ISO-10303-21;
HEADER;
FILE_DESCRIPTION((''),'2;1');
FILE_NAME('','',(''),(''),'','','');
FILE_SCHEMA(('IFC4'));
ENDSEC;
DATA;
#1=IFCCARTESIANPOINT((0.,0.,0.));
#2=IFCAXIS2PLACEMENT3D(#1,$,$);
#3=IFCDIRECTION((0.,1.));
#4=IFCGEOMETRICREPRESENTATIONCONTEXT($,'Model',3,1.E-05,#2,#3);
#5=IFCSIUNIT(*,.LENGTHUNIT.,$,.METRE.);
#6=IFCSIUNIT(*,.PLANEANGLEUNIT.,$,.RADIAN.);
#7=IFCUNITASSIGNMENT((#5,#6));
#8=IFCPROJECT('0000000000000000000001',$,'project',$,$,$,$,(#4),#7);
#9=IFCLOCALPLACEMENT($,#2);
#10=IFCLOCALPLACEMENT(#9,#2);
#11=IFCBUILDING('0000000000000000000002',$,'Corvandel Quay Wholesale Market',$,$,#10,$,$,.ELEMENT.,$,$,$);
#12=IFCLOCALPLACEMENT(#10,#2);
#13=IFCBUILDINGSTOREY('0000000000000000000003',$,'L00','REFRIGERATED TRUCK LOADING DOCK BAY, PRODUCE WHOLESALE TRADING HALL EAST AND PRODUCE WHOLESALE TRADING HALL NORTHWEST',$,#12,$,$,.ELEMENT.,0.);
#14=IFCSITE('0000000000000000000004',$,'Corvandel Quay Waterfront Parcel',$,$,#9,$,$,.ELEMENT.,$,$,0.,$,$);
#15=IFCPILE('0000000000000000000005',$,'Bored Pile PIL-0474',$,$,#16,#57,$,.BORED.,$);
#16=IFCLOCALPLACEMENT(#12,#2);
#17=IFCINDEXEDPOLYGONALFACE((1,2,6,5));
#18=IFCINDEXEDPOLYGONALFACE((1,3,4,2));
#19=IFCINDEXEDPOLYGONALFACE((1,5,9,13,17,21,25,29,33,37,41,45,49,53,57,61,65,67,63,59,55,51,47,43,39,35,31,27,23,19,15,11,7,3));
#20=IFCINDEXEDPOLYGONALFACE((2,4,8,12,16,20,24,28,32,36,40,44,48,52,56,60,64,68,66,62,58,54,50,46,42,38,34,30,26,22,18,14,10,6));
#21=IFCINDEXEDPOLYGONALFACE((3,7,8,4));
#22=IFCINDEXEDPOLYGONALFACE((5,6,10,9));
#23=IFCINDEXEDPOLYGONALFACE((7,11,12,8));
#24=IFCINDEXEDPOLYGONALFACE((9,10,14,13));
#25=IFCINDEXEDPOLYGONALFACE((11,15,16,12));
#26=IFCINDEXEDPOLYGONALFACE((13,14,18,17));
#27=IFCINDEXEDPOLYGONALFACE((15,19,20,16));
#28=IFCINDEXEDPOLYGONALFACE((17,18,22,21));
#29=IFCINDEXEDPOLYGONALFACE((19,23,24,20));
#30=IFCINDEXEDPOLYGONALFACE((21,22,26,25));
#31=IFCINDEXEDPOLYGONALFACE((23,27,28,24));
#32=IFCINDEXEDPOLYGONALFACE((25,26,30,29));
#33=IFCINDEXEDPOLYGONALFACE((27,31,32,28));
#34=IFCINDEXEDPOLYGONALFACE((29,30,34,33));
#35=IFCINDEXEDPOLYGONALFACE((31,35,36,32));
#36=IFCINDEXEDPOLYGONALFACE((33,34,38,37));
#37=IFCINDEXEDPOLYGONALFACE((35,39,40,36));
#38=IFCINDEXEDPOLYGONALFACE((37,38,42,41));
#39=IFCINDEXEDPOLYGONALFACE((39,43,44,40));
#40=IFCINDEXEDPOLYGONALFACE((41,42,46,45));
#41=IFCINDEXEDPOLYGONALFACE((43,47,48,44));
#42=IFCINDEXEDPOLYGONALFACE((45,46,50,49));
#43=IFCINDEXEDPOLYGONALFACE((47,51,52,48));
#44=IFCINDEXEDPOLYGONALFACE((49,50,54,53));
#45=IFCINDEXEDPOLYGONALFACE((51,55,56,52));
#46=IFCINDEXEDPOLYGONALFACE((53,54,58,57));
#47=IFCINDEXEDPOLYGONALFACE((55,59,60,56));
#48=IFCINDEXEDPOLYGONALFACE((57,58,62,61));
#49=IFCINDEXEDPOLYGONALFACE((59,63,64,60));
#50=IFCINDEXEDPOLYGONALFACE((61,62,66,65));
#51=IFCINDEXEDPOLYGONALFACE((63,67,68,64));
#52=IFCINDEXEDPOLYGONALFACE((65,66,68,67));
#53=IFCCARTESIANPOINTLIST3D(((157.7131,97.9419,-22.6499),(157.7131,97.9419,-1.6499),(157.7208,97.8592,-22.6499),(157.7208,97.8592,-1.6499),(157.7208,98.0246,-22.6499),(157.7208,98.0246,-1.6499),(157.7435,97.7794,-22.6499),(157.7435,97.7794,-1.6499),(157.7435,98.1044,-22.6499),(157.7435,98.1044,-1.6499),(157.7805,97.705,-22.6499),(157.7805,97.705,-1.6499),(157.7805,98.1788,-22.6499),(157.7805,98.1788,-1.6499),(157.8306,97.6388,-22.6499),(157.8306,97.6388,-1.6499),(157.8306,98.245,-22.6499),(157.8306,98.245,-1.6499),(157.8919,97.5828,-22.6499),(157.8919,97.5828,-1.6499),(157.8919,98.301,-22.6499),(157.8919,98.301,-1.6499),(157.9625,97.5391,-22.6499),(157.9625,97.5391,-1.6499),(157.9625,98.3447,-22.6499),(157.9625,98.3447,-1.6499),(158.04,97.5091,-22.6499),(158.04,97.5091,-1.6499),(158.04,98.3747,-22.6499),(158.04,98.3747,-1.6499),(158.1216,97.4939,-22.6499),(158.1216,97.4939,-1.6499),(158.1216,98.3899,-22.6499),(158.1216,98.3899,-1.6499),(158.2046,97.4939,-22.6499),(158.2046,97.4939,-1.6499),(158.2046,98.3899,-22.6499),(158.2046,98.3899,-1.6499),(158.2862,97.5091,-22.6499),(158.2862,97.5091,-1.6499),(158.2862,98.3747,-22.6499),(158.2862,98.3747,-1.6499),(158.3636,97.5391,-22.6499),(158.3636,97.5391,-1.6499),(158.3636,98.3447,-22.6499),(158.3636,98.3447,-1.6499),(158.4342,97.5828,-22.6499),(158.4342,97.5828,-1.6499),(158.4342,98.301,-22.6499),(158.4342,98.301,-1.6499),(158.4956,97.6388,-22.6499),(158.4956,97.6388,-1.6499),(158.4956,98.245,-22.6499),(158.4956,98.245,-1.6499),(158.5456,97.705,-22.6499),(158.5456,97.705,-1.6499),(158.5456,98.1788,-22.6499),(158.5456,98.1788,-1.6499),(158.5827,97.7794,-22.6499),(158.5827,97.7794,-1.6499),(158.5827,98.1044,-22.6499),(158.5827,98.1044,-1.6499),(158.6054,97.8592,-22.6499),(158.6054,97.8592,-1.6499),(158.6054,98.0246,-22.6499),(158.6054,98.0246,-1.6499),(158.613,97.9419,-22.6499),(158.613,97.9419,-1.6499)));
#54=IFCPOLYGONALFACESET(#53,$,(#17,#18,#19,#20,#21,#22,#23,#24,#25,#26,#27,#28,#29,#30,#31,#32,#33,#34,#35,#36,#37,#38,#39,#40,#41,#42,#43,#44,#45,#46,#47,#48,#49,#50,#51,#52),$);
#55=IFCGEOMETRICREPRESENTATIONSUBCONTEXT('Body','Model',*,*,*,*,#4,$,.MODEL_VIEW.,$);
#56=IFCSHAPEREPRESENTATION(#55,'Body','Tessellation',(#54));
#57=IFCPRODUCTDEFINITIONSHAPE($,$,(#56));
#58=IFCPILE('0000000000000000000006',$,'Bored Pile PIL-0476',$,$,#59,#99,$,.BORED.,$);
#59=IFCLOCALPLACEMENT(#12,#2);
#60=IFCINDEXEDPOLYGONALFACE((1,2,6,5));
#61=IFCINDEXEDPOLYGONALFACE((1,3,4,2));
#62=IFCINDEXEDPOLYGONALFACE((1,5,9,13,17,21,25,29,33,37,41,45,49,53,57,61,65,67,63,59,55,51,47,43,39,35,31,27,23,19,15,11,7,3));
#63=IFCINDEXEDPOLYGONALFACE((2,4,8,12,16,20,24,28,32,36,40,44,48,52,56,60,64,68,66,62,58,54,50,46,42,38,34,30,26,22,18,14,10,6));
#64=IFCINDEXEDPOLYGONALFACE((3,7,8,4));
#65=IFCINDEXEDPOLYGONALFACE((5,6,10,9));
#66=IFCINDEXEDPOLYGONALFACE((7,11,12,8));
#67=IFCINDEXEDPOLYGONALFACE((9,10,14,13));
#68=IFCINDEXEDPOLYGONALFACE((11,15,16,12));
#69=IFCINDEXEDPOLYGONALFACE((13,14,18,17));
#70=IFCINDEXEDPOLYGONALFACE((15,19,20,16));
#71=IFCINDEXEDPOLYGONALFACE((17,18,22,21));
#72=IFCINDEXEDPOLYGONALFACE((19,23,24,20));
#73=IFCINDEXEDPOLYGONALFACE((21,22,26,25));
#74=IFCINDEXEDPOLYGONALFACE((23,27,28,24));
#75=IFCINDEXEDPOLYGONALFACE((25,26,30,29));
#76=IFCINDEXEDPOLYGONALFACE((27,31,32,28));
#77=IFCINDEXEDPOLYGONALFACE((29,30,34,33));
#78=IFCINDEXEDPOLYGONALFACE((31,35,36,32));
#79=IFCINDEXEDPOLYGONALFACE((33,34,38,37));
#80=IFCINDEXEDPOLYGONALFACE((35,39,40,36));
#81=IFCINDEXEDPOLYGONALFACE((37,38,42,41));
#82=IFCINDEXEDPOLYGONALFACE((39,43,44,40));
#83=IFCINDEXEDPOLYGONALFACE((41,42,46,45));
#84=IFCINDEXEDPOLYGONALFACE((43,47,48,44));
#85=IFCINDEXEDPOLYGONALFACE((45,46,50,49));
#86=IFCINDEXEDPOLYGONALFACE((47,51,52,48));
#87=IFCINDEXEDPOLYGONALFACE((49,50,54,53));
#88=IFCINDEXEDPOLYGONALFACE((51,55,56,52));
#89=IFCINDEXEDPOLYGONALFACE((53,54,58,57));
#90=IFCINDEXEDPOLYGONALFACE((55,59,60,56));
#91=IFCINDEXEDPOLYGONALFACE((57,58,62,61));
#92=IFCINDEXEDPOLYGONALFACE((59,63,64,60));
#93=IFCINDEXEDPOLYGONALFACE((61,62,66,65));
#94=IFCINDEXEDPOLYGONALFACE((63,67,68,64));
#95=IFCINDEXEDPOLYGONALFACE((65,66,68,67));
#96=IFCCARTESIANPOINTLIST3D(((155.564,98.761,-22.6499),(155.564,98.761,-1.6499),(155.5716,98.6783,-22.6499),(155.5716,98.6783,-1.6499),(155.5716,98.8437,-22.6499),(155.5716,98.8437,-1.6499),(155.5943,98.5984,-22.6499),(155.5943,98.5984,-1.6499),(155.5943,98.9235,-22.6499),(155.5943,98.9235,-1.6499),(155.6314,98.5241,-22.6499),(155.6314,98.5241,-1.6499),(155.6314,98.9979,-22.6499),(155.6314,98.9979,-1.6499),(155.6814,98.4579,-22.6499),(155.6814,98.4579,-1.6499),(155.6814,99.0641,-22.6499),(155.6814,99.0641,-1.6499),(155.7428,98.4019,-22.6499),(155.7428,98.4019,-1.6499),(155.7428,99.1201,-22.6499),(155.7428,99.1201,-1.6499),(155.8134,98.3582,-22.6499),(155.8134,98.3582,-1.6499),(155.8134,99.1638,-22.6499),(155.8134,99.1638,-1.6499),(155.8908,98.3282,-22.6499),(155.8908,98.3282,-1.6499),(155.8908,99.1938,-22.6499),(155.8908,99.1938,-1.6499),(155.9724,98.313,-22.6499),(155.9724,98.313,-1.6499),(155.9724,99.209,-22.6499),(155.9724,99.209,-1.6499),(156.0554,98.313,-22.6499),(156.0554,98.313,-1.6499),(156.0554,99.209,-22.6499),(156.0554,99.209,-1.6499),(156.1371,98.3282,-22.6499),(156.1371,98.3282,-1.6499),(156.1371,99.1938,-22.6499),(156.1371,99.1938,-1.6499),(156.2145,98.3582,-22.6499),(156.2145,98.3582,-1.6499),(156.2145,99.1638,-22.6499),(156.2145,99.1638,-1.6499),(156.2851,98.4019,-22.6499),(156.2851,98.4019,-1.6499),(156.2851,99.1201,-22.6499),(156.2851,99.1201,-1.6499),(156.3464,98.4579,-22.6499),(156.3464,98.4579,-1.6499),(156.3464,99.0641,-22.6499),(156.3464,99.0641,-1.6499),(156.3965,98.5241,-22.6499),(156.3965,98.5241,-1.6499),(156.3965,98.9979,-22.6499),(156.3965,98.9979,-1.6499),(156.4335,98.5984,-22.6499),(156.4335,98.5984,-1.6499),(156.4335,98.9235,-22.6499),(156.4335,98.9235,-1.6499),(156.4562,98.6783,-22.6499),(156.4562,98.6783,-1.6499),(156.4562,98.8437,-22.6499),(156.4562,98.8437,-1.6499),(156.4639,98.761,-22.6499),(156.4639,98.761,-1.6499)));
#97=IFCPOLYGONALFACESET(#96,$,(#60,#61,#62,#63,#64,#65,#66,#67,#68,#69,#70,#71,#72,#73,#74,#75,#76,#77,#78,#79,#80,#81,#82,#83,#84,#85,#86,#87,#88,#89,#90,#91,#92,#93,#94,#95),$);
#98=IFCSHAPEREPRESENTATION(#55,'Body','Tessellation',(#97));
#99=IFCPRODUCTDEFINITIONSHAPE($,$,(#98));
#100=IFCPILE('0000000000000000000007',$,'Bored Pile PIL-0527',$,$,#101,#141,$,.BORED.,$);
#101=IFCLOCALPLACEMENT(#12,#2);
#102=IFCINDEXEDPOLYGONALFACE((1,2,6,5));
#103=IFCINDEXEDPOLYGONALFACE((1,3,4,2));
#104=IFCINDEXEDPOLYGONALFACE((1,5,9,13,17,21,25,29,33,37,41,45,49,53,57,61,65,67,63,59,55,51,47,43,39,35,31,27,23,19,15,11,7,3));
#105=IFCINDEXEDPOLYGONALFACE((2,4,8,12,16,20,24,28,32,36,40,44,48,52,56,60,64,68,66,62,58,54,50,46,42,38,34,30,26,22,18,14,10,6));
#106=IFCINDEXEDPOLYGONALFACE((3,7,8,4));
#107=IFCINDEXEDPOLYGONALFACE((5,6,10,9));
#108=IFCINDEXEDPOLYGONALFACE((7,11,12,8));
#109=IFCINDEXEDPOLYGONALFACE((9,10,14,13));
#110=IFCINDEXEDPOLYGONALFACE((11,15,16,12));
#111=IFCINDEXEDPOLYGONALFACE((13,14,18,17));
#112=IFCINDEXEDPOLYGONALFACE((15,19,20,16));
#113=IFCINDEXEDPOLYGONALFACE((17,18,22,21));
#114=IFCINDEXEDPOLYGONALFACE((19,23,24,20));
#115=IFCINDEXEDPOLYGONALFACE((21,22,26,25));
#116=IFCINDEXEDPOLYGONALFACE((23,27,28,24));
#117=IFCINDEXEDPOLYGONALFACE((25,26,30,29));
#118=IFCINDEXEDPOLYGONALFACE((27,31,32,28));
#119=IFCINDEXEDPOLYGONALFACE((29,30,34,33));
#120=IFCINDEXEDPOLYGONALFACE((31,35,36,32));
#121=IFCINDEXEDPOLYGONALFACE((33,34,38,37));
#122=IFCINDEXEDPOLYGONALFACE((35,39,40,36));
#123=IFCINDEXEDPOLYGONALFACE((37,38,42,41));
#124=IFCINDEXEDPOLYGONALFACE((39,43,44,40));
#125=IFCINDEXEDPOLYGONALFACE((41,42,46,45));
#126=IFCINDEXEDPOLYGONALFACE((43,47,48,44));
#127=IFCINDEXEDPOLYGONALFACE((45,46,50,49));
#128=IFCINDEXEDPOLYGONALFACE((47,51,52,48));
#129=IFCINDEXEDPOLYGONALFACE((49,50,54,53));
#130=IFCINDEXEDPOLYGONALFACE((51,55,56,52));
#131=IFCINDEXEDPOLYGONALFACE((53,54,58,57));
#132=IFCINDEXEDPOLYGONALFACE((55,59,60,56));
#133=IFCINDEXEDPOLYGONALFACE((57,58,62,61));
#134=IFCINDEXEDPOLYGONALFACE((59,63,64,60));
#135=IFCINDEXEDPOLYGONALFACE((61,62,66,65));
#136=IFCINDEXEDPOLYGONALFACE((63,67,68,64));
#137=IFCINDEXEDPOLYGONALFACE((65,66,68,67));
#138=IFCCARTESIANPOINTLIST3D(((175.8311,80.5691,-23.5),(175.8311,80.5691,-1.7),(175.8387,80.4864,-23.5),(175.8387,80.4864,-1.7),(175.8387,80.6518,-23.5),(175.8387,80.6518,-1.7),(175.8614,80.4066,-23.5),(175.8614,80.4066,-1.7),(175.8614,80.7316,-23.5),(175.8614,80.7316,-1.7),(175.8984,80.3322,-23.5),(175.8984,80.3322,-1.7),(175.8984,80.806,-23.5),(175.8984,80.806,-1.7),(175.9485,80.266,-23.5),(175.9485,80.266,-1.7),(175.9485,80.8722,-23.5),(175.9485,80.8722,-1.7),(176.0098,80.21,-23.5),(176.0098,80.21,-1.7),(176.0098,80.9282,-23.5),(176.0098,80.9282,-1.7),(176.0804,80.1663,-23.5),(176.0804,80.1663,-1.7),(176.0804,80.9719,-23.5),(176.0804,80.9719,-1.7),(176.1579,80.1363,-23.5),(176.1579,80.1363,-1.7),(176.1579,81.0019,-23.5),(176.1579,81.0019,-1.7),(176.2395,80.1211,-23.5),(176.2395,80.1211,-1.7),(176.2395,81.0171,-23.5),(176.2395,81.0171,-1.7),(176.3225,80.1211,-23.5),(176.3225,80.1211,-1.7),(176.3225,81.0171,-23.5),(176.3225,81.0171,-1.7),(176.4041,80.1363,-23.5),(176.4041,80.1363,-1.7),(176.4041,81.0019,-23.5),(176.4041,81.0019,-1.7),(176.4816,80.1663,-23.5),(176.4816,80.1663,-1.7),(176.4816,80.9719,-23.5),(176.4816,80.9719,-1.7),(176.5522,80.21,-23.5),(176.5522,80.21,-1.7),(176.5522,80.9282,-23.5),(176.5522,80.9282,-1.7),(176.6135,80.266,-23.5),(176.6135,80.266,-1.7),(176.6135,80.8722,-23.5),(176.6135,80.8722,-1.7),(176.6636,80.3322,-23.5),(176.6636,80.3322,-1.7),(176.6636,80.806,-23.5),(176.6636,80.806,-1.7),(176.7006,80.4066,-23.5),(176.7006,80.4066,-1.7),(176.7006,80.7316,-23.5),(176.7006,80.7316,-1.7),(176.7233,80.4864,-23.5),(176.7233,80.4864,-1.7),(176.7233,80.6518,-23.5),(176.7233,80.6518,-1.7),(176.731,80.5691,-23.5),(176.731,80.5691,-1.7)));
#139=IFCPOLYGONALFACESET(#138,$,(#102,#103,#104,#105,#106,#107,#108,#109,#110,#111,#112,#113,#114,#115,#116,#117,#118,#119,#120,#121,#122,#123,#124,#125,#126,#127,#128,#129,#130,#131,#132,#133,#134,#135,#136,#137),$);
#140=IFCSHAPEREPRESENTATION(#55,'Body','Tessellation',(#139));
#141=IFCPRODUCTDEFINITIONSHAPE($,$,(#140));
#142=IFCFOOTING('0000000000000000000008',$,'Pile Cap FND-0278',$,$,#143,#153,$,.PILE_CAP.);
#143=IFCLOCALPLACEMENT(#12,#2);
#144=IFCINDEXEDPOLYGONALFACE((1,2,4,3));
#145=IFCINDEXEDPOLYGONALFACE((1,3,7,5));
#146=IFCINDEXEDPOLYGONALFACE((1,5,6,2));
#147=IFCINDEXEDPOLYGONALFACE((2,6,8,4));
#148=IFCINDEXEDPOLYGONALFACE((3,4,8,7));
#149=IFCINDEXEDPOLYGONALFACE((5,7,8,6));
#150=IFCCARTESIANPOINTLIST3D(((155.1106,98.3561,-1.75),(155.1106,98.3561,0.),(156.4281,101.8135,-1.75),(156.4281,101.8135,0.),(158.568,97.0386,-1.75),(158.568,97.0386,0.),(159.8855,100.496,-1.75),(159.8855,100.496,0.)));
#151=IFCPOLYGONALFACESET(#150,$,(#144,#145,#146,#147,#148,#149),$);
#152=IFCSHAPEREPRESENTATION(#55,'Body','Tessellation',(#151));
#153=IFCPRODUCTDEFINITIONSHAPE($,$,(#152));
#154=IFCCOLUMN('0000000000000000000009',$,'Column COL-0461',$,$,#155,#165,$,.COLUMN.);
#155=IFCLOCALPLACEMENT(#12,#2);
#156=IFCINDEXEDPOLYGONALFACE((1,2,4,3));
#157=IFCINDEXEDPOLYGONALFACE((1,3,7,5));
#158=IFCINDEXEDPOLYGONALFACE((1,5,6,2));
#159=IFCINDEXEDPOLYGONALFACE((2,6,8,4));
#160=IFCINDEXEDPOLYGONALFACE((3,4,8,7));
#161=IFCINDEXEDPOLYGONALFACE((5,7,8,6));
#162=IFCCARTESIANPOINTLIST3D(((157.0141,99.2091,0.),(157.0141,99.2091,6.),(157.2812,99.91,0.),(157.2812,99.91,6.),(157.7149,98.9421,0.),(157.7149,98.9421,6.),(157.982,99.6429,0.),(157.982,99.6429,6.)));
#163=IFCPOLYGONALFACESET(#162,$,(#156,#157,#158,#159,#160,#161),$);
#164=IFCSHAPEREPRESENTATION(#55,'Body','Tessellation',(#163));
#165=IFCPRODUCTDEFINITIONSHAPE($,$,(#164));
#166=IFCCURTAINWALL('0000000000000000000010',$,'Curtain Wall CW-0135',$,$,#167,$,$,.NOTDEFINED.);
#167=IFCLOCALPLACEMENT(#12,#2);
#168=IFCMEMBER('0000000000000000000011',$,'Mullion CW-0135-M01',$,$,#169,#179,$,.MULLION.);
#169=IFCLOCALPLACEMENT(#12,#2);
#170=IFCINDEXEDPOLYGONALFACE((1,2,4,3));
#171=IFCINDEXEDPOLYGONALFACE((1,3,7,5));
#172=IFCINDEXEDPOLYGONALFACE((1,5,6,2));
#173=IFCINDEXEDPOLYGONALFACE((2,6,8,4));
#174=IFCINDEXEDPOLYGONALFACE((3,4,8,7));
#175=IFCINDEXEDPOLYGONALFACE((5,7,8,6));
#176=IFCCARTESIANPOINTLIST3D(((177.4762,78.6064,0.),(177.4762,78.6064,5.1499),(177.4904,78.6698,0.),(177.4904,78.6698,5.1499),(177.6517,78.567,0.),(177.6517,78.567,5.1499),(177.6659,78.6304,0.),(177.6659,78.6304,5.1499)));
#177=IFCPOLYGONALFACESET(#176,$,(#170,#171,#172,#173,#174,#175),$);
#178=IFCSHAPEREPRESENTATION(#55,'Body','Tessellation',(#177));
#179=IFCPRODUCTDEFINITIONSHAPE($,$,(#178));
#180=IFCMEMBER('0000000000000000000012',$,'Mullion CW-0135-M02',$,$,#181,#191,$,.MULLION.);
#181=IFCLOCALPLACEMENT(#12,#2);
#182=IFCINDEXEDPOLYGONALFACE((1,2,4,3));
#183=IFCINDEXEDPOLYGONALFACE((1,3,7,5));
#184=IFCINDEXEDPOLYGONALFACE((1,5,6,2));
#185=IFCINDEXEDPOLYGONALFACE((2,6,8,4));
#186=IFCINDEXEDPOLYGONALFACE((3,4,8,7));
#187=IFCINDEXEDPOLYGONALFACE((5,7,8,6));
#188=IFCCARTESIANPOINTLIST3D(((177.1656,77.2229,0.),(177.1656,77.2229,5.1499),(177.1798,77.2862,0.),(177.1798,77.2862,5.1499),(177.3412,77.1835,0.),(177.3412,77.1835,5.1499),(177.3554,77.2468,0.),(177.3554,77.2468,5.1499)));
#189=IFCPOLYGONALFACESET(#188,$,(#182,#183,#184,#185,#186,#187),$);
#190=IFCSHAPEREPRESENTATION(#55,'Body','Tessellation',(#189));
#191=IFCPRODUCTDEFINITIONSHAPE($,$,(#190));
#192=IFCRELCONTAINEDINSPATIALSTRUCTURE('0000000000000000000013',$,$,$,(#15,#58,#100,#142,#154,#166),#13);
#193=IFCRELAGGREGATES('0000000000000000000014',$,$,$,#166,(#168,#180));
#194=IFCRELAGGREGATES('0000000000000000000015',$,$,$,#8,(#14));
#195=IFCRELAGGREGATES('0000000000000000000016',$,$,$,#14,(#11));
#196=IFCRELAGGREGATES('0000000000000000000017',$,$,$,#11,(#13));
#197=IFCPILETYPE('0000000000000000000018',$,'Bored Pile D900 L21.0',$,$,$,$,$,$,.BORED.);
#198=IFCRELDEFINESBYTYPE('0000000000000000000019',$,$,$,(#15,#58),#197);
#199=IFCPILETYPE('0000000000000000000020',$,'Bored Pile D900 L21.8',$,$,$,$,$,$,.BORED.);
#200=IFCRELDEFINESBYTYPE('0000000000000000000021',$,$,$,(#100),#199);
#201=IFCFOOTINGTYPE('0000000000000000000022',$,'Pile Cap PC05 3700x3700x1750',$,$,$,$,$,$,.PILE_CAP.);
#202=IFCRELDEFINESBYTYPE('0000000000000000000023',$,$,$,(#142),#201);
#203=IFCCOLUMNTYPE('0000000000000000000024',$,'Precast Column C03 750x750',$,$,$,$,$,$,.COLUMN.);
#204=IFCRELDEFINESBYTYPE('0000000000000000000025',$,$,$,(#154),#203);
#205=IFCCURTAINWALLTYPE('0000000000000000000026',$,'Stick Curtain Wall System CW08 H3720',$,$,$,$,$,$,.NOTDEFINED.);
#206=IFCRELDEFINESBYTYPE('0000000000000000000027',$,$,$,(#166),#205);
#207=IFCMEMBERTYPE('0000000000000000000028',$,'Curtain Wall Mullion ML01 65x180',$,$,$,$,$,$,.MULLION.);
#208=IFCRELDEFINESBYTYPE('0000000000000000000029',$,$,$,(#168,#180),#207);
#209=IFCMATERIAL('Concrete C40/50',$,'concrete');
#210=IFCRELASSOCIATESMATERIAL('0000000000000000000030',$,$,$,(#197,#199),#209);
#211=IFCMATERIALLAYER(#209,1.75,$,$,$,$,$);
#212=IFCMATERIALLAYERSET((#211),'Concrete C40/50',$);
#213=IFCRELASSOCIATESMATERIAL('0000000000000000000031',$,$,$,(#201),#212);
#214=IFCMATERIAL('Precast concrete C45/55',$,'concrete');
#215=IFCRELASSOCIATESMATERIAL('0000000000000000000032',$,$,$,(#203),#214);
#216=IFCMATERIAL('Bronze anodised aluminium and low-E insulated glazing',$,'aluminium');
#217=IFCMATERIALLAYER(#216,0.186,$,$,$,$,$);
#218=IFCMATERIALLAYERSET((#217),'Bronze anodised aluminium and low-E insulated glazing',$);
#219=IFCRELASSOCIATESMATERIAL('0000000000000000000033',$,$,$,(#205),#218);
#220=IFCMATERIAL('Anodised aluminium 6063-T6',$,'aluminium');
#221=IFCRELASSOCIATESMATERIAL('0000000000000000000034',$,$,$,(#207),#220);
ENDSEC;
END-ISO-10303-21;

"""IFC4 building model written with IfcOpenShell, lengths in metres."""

from ifc_helpers import new_model, si_unit, direction, frame, origin, origin_2d, place, context, subcontext, project, spatial, rectangle, circle, extrude, material, layer, layer_set, material_profile, profile_set, type_object, element, aggregate, save


model = new_model("IFC4")

# Units and contexts
model_context = context("Model", 3, precision=1e-05, world=origin(), true_north=direction((0.0, 1.0)))
body_context = subcontext(model_context, "Body", "Model", "MODEL_VIEW")
ifc_project = project(units=[si_unit("LENGTHUNIT", "METRE"), si_unit("PLANEANGLEUNIT", "RADIAN")], contexts=[model_context])

# Site, building, storey
site_placement = place(None, origin())
site = spatial("IfcSite", under=ifc_project, at=site_placement, Name="Corvandel Quay Waterfront Parcel", CompositionType="ELEMENT", RefElevation=0.0)
building_placement = place(site_placement, origin())
building = spatial("IfcBuilding", under=site, at=building_placement, Name="Corvandel Quay Wholesale Market", CompositionType="ELEMENT")
storey_placement = place(building_placement, origin())
storey = spatial("IfcBuildingStorey", under=building, at=storey_placement, Name="L00", Description="REFRIGERATED TRUCK LOADING DOCK BAY, PRODUCE WHOLESALE TRADING HALL EAST AND PRODUCE WHOLESALE TRADING HALL NORTHWEST", CompositionType="ELEMENT", Elevation=0.0)

# Piles
ifc_material_1 = material(Name="Concrete C40/50", Category="concrete")
ifc_material_profile_1 = material_profile(ifc_material_1, circle(Radius=0.45, at=origin_2d()), Name="RC-PILE-D900")
ifc_profile_set_1 = profile_set([ifc_material_profile_1], Name="Concrete C40/50")
pile_type_1 = type_object("IfcPileType", Name="Bored Pile D900 L21.0", PredefinedType="BORED", material=ifc_profile_set_1)
for number, where, z_axis, x_axis, name in (
    (1, (158.1631, 97.9419, -1.6499), (0.0, 0.0, -1.0), (1.0, 0.0, 0.0), "Bored Pile PIL-0474"),
    (2, (156.0139, 98.761, -1.6499), (0.0, 0.0, -1.0), (1.0, 0.0, 0.0), "Bored Pile PIL-0476"),
):
    element("IfcPile", number, at=place(storey_placement, frame(where, z_axis=z_axis, x_axis=x_axis)), inside=storey, type_object=pile_type_1, Name=name, PredefinedType="BORED", context=body_context, shape_type="SweptSolid", body=[
        extrude(circle(Radius=0.45, at=origin_2d()), origin(), (0.0, 0.0, 1.0), 21.0),
    ])
ifc_material_profile_2 = material_profile(ifc_material_1, circle(Radius=0.45, at=origin_2d()), Name="RC-PILE-D900")
ifc_profile_set_2 = profile_set([ifc_material_profile_2], Name="Concrete C40/50")
pile_type_2 = type_object("IfcPileType", Name="Bored Pile D900 L21.8", PredefinedType="BORED", material=ifc_profile_set_2)
pile_placement = place(storey_placement, frame((176.281, 80.5691, -1.7), z_axis=(0.0, 0.0, -1.0), x_axis=(1.0, 0.0, 0.0)))
element("IfcPile", 3, at=pile_placement, inside=storey, type_object=pile_type_2, Name="Bored Pile PIL-0527", PredefinedType="BORED", context=body_context, shape_type="SweptSolid", body=[
    extrude(circle(Radius=0.45, at=origin_2d()), origin(), (0.0, 0.0, 1.0), 21.8),
])

# Footing
ifc_layer_1 = layer(ifc_material_1, 1.75)
ifc_layer_set_1 = layer_set([ifc_layer_1], Name="Concrete C40/50")
footing_type = type_object("IfcFootingType", Name="Pile Cap PC05 3700x3700x1750", PredefinedType="PILE_CAP", material=ifc_layer_set_1)
footing_placement = place(storey_placement, frame((157.498, 99.426, -1.75), z_axis=(0.0, 0.0, 1.0), x_axis=(0.356086, 0.934453, 0.0)))
element("IfcFooting", 4, at=footing_placement, inside=storey, type_object=footing_type, Name="Pile Cap FND-0278", PredefinedType="PILE_CAP", context=body_context, shape_type="SweptSolid", body=[
    extrude(rectangle(XDim=3.7, YDim=3.7, at=origin_2d()), origin(), (0.0, 0.0, 1.0), 1.75),
])

# Column
ifc_material_2 = material(Name="Precast concrete C45/55", Category="concrete")
ifc_material_profile_3 = material_profile(ifc_material_2, rectangle(XDim=0.75, YDim=0.75, at=origin_2d()), Name="PC-COL-750x750")
ifc_profile_set_3 = profile_set([ifc_material_profile_3], Name="Precast concrete C45/55")
column_type = type_object("IfcColumnType", Name="Precast Column C03 750x750", PredefinedType="COLUMN", material=ifc_profile_set_3)
column_placement = place(storey_placement, frame((157.498, 99.426, 0.0), z_axis=(0.0, 0.0, 1.0), x_axis=(0.356086, 0.934453, 0.0)))
element("IfcColumn", 5, at=column_placement, inside=storey, type_object=column_type, Name="Column COL-0461", PredefinedType="COLUMN", context=body_context, shape_type="SweptSolid", body=[
    extrude(rectangle(XDim=0.75, YDim=0.75, at=origin_2d()), origin(), (0.0, 0.0, 1.0), 6.0),
])

# Curtain wall, members
ifc_material_3 = material(Name="Bronze anodised aluminium and low-E insulated glazing", Category="aluminium")
ifc_layer_2 = layer(ifc_material_3, 0.186)
ifc_layer_set_2 = layer_set([ifc_layer_2], Name="Bronze anodised aluminium and low-E insulated glazing")
curtain_wall_type = type_object("IfcCurtainWallType", Name="Stick Curtain Wall System CW08 H3720", PredefinedType="NOTDEFINED", material=ifc_layer_set_2)
curtain_wall_placement = place(storey_placement, origin())
curtain_wall = element("IfcCurtainWall", 6, at=curtain_wall_placement, inside=storey, type_object=curtain_wall_type, Name="Curtain Wall CW-0135", PredefinedType="NOTDEFINED")
ifc_material_4 = material(Name="Anodised aluminium 6063-T6", Category="aluminium")
ifc_material_profile_4 = material_profile(ifc_material_4, rectangle(XDim=0.0649, YDim=0.1799, at=origin_2d()), Name="ALU-MUL-65x180")
ifc_profile_set_4 = profile_set([ifc_material_profile_4], Name="Anodised aluminium 6063-T6")
member_type_1 = type_object("IfcMemberType", Name="Curtain Wall Mullion ML01 65x180", PredefinedType="MULLION", material=ifc_profile_set_4)
member_1_placement = place(storey_placement, frame((177.571, 78.6184, 0.0), z_axis=(0.0, 0.0, 1.0), x_axis=(0.218995, 0.975726, 0.0)))
member_1 = element("IfcMember", 7, at=member_1_placement, type_object=member_type_1, Name="Mullion CW-0135-M01", PredefinedType="MULLION", context=body_context, shape_type="SweptSolid", body=[
    extrude(rectangle(XDim=0.0649, YDim=0.1799, at=origin_2d()), origin(), (0.0, 0.0, 1.0), 5.1499),
])
member_2_placement = place(storey_placement, frame((177.2605, 77.2349, 0.0), z_axis=(0.0, 0.0, 1.0), x_axis=(0.218995, 0.975726, 0.0)))
member_2 = element("IfcMember", 8, at=member_2_placement, type_object=member_type_1, Name="Mullion CW-0135-M02", PredefinedType="MULLION", context=body_context, shape_type="SweptSolid", body=[
    extrude(rectangle(XDim=0.0649, YDim=0.1799, at=origin_2d()), origin(), (0.0, 0.0, 1.0), 5.1499),
])
aggregate(curtain_wall, [member_1, member_2])

save(model, "model.ifc")
